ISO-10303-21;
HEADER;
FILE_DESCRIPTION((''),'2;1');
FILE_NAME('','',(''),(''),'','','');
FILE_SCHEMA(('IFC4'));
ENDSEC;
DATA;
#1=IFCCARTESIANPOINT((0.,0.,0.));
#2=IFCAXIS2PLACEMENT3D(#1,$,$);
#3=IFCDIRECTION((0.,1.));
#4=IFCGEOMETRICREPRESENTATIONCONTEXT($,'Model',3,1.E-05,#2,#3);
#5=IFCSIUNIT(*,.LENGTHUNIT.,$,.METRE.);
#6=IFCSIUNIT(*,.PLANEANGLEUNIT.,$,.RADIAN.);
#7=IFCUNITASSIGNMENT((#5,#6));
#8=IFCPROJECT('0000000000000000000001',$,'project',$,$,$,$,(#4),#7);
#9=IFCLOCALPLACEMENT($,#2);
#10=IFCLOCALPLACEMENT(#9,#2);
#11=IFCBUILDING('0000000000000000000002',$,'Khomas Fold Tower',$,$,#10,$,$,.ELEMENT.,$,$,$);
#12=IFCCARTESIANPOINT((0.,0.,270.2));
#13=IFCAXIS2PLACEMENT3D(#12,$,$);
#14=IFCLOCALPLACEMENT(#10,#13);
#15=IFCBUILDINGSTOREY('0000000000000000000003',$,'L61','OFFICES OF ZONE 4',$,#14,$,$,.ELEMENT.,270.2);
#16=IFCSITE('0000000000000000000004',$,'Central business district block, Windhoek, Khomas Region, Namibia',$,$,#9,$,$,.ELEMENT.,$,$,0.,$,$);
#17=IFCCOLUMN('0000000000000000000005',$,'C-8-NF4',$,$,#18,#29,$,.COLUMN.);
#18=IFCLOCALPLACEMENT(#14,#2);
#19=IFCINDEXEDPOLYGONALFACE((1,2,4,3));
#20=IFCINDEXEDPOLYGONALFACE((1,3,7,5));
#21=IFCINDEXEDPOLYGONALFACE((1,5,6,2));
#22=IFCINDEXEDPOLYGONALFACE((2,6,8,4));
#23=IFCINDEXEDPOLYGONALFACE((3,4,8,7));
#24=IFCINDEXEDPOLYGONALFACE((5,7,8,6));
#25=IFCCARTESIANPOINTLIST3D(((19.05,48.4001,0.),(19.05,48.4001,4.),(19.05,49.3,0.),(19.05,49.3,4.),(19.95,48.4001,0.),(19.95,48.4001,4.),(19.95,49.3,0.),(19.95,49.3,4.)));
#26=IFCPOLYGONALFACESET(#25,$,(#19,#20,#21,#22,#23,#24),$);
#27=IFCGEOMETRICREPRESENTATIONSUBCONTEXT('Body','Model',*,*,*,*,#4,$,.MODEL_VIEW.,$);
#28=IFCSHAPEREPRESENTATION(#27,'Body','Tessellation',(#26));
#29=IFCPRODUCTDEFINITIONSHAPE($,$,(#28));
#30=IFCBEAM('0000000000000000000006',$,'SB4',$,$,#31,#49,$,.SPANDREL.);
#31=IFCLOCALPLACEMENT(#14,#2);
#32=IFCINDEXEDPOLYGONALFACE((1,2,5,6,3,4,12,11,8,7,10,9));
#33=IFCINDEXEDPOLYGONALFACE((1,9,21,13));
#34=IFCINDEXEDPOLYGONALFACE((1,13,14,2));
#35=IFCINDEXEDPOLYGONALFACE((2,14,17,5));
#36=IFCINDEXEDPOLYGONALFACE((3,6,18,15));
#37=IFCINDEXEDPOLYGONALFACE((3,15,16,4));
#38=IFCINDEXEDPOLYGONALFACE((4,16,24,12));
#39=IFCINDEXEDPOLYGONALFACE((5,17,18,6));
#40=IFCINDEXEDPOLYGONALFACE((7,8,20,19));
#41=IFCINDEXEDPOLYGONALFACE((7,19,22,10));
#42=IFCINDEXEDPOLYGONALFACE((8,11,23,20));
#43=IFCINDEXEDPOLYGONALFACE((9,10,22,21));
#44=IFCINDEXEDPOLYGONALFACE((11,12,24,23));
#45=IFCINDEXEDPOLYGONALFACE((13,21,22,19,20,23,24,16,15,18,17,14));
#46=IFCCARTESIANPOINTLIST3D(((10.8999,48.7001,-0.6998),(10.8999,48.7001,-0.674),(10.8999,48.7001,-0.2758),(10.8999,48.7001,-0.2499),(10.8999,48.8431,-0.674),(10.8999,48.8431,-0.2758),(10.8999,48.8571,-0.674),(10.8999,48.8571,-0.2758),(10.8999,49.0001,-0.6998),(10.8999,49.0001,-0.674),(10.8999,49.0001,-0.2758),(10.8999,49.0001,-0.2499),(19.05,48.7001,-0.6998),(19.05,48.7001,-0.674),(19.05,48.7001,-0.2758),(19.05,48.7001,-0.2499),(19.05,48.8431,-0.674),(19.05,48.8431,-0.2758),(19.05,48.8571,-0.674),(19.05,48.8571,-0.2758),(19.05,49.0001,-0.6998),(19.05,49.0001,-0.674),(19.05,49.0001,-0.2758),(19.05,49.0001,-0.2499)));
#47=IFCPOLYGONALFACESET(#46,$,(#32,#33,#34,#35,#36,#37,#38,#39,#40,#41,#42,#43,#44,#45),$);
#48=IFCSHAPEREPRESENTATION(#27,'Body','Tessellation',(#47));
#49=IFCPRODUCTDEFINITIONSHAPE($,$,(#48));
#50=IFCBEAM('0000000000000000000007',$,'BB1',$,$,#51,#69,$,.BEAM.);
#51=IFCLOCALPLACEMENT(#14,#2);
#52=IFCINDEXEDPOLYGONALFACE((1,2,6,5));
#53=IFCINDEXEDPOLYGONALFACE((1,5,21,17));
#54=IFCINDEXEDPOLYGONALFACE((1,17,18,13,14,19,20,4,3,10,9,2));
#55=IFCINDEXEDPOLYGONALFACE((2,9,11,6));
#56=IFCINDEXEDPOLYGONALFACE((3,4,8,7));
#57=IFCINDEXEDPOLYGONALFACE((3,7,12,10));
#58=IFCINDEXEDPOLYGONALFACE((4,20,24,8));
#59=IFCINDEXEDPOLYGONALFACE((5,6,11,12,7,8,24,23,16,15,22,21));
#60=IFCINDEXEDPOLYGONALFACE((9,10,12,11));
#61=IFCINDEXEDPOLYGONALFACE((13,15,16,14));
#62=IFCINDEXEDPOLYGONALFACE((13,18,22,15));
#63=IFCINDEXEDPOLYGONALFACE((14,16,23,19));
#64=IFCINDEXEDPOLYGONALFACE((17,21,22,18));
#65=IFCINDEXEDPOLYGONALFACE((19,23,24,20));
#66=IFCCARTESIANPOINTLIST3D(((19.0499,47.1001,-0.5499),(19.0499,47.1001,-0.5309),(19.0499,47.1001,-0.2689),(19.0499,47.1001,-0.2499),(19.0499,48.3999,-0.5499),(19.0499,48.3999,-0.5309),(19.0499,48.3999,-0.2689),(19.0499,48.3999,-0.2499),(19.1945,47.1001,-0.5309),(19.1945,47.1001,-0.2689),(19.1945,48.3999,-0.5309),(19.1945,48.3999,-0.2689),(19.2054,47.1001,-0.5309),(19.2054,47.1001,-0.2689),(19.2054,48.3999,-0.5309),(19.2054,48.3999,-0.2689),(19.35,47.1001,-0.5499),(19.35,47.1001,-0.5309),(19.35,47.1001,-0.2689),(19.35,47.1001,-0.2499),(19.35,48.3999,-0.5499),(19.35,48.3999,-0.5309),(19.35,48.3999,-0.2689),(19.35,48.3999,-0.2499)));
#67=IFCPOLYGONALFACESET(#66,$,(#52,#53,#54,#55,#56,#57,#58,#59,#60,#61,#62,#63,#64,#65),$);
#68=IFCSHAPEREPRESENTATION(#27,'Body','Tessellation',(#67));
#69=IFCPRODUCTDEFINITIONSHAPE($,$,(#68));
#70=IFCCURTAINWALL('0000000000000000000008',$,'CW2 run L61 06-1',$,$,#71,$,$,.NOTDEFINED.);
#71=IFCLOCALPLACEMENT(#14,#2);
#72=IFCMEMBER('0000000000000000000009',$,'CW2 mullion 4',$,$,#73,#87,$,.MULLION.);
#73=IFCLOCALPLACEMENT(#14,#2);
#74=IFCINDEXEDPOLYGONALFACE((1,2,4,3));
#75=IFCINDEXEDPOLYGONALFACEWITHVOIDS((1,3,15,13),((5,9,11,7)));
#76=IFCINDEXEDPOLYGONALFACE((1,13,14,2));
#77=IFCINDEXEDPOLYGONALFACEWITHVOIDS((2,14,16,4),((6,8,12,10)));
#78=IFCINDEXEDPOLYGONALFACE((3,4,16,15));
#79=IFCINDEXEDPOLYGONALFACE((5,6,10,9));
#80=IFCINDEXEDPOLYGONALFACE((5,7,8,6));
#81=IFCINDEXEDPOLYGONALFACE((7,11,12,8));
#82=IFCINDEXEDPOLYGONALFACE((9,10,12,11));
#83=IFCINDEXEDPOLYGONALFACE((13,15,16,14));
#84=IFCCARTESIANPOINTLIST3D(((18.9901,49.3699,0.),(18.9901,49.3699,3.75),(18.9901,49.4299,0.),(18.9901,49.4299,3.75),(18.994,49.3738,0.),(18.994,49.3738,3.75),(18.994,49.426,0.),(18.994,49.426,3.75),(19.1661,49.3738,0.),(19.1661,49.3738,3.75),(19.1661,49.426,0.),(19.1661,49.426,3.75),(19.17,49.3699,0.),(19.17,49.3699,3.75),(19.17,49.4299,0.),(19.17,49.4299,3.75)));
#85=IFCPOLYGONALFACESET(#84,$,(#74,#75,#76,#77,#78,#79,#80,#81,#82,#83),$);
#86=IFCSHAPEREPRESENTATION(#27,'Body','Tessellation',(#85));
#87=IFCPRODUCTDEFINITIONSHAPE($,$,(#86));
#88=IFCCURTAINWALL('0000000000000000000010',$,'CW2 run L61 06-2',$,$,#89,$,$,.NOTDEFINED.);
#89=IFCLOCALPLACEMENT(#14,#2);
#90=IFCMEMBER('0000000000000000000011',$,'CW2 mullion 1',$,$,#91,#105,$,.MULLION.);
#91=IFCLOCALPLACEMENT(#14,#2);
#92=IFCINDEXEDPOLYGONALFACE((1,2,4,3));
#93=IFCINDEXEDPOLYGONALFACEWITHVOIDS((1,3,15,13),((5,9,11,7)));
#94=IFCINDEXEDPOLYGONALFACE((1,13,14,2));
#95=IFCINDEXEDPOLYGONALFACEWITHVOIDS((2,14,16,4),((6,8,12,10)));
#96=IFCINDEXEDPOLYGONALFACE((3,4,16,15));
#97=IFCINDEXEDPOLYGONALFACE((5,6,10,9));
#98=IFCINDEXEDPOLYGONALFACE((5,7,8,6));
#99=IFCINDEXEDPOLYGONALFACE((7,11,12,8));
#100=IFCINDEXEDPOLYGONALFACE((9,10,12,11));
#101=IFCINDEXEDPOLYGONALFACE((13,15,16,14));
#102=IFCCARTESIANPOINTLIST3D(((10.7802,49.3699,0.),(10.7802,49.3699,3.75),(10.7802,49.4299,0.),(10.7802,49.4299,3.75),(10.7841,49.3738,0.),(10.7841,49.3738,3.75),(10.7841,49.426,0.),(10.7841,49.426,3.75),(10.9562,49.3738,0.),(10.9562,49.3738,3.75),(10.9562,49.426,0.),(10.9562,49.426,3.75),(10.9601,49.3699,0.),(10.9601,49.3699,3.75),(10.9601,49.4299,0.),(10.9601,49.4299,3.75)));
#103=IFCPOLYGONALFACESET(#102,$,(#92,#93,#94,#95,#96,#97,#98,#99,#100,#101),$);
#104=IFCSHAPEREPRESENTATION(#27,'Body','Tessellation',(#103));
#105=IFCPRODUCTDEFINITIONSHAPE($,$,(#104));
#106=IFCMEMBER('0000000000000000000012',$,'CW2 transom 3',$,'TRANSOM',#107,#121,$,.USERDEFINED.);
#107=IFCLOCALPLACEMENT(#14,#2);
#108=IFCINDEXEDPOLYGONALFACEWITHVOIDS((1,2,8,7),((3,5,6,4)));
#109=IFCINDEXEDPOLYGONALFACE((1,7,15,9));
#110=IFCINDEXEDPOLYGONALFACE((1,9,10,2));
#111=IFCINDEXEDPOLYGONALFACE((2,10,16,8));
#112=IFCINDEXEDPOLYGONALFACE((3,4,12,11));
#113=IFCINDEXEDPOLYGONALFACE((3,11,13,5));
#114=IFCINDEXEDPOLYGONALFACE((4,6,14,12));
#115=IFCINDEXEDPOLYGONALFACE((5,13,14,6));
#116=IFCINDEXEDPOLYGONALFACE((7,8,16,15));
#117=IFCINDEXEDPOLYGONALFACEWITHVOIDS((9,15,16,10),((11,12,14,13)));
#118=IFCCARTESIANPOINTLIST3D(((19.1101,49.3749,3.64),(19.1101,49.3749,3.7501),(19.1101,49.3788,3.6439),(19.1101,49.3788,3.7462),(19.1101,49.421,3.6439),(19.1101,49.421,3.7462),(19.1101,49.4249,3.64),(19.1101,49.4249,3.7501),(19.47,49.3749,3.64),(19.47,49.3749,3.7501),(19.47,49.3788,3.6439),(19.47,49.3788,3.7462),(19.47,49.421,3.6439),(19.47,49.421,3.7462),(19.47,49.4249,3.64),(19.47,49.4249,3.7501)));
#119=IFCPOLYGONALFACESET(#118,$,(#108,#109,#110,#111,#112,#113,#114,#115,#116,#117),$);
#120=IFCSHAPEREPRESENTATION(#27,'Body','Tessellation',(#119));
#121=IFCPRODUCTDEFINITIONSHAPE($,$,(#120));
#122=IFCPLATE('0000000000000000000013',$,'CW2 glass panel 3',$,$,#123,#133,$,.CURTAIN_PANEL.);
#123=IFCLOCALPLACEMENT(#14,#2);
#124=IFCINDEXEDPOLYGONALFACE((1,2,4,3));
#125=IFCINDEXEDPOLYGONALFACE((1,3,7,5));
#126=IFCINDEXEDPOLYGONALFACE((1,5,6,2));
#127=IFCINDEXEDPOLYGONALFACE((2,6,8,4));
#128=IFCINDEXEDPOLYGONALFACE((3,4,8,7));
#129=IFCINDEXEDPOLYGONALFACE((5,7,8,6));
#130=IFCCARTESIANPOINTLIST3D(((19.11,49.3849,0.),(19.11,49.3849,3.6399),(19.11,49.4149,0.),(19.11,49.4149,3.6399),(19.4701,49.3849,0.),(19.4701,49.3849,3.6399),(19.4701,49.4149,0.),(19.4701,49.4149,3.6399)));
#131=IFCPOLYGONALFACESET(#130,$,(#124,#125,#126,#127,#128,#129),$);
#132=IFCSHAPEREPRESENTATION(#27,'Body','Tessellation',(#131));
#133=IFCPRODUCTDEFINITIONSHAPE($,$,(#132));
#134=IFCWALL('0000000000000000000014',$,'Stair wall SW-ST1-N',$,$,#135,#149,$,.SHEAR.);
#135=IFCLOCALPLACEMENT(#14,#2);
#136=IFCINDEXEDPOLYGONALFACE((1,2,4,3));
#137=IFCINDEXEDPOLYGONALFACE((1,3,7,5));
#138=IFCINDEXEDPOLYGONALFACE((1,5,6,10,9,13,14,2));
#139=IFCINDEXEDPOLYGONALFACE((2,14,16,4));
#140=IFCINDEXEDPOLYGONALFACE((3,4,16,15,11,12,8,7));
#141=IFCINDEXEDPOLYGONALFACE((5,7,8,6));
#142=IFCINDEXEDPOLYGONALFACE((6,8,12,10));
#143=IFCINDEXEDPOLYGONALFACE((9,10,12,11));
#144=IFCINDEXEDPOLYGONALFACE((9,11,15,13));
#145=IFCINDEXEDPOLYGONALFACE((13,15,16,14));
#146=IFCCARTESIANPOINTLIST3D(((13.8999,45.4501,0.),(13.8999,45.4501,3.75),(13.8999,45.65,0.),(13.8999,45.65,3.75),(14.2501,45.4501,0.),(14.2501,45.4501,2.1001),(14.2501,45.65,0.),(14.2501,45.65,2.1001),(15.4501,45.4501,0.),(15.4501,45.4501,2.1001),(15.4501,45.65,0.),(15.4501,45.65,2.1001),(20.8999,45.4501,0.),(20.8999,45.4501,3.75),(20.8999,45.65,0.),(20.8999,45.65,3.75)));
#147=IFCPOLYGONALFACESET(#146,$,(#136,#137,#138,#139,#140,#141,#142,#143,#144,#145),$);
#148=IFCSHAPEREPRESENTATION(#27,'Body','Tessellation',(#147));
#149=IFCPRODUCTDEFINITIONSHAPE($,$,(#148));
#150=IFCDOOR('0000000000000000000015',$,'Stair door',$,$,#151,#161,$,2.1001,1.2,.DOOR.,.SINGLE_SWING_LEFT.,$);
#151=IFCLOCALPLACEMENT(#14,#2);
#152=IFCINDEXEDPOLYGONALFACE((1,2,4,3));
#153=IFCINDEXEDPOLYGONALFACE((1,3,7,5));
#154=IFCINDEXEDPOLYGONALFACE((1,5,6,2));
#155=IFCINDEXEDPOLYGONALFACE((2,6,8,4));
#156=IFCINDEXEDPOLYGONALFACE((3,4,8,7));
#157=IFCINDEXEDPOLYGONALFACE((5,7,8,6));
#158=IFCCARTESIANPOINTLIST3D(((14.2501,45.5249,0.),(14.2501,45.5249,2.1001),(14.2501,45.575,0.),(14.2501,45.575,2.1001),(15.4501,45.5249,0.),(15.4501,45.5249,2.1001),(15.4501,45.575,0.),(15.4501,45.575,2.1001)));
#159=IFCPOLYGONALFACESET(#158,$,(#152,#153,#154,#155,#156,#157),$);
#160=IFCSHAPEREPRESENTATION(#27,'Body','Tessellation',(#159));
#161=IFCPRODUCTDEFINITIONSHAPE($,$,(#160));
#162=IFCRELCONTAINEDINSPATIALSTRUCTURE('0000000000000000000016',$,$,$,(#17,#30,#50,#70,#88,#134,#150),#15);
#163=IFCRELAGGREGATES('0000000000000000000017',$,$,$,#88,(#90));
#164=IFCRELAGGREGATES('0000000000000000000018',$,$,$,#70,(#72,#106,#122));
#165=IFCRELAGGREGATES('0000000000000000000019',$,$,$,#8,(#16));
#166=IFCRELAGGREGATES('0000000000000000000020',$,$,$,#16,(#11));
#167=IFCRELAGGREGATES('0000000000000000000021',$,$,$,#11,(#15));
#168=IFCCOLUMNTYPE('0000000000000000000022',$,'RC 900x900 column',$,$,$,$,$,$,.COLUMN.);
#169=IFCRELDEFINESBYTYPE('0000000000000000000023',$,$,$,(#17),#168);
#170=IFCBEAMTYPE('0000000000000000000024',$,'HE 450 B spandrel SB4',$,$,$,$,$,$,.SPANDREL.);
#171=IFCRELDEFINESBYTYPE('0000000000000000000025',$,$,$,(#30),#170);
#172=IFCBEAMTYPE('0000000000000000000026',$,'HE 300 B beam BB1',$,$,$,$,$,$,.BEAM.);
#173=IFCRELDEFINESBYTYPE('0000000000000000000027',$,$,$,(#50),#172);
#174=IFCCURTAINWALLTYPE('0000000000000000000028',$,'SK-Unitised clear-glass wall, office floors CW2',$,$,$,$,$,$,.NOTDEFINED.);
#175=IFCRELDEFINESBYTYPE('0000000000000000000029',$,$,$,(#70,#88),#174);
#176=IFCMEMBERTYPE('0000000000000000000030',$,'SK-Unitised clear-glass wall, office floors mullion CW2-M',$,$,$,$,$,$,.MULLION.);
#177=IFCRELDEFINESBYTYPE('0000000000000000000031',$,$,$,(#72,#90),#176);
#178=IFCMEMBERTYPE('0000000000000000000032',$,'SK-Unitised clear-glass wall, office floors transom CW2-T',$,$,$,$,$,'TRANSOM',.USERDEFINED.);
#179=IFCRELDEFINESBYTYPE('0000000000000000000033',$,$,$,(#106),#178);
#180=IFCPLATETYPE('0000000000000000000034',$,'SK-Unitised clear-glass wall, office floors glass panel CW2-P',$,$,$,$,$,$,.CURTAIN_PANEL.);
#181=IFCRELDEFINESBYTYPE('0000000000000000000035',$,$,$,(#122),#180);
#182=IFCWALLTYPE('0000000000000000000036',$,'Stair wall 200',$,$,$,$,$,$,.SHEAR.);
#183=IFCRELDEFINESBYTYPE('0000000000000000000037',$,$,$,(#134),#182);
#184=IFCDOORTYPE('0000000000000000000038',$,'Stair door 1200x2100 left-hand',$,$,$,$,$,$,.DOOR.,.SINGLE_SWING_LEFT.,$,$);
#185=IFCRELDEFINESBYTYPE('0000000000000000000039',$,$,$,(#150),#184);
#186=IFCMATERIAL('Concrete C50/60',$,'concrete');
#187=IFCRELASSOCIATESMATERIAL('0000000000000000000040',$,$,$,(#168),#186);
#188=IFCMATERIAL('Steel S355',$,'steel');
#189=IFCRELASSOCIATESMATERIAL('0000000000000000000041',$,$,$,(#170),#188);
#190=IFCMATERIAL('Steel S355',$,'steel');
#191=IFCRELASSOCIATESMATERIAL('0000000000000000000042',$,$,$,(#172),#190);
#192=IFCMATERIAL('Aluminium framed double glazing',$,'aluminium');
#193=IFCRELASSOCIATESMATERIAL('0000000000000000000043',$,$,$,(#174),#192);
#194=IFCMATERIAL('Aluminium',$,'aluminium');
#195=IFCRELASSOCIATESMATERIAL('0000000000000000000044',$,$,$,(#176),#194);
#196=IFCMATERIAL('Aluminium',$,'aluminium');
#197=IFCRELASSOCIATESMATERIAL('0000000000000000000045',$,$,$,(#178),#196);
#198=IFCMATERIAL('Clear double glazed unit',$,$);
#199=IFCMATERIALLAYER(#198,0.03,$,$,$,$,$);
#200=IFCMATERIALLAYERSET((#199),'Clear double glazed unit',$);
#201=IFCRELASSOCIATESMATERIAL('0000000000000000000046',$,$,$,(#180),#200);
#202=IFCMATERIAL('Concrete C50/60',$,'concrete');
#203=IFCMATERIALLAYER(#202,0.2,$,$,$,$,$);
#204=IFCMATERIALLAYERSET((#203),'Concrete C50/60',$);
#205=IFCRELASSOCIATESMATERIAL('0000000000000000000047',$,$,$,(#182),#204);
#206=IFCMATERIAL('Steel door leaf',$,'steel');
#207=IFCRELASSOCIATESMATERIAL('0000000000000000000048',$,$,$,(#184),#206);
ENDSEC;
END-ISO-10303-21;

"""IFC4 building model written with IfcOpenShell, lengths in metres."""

from ifc_helpers import new_model, si_unit, direction, frame, frame_2d, origin, origin_2d, place, context, subcontext, project, spatial, rectangle, hollow_rectangle, i_section, extrude, source, transform, mapped, material, layer, layer_set, material_profile, profile_set, type_object, element, fill, aggregate, save


model = new_model("IFC4")

# Units and contexts
model_context = context("Model", 3, precision=1e-05, world=origin(), true_north=direction((0.0, 1.0)))
body_context = subcontext(model_context, "Body", "Model", "MODEL_VIEW")
ifc_project = project(units=[si_unit("LENGTHUNIT", "METRE"), si_unit("PLANEANGLEUNIT", "RADIAN")], contexts=[model_context])

# Site, building, storey
site_placement = place(None, origin())
site = spatial("IfcSite", under=ifc_project, at=site_placement, Name="Central business district block, Windhoek, Khomas Region, Namibia", CompositionType="ELEMENT", RefElevation=0.0)
building_placement = place(site_placement, origin())
building = spatial("IfcBuilding", under=site, at=building_placement, Name="Khomas Fold Tower", CompositionType="ELEMENT")
storey_placement = place(building_placement, frame((0.0, 0.0, 270.2)))
storey = spatial("IfcBuildingStorey", under=building, at=storey_placement, Name="L61", Description="OFFICES OF ZONE 4", CompositionType="ELEMENT", Elevation=270.2)

# Column
ifc_material_1 = material(Name="Concrete C50/60", Category="concrete")
ifc_material_profile_1 = material_profile(ifc_material_1, rectangle(XDim=0.8999, YDim=0.8999, at=origin_2d()), Name="RC 900x900")
ifc_profile_set_1 = profile_set([ifc_material_profile_1], Name="Concrete C50/60")
column_type = type_object("IfcColumnType", Name="RC 900x900 column", PredefinedType="COLUMN", material=ifc_profile_set_1)
shared_shape_1 = source(origin(), body_context, "Body", "SweptSolid", [
    extrude(rectangle(XDim=0.8999, YDim=0.8999, at=origin_2d()), origin(), (0.0, 0.0, 1.0), 4.0),
])
column_placement = place(storey_placement, frame((19.5, 48.8501, 0.0), z_axis=(0.0, 0.0, 1.0), x_axis=(1.0, 0.0, 0.0)))
element("IfcColumn", 1, at=column_placement, inside=storey, type_object=column_type, Name="C-8-NF4", PredefinedType="COLUMN", context=body_context, shape_type="MappedRepresentation", body=[
    mapped(shared_shape_1, transform((0.0, 0.0, 0.0))),
])

# Beams
ifc_material_2 = material(Name="Steel S355", Category="steel")
ifc_material_profile_2 = material_profile(ifc_material_2, i_section(OverallWidth=0.3, OverallDepth=0.45, WebThickness=0.0139, FlangeThickness=0.0259, at=origin_2d()), Name="HE 450 B")
ifc_profile_set_2 = profile_set([ifc_material_profile_2], Name="Steel S355")
beam_type_1 = type_object("IfcBeamType", Name="HE 450 B spandrel SB4", PredefinedType="SPANDREL", material=ifc_profile_set_2)
shared_shape_2 = source(origin(), body_context, "Body", "SweptSolid", [
    extrude(i_section(OverallWidth=0.3, OverallDepth=0.45, WebThickness=0.0139, FlangeThickness=0.0259, at=origin_2d()), origin(), (0.0, 0.0, 1.0), 8.1501),
])
beam_1_placement = place(storey_placement, frame((10.8999, 48.8501, -0.4749), z_axis=(1.0, 0.0, 0.0), x_axis=(0.0, 1.0, 0.0)))
element("IfcBeam", 2, at=beam_1_placement, inside=storey, type_object=beam_type_1, Name="SB4", PredefinedType="SPANDREL", context=body_context, shape_type="MappedRepresentation", body=[
    mapped(shared_shape_2, transform((0.0, 0.0, 0.0))),
])
ifc_material_3 = material(Name="Steel S355", Category="steel")
ifc_material_profile_3 = material_profile(ifc_material_3, i_section(OverallWidth=0.3, OverallDepth=0.3, WebThickness=0.011, FlangeThickness=0.019, at=origin_2d()), Name="HE 300 B")
ifc_profile_set_3 = profile_set([ifc_material_profile_3], Name="Steel S355")
beam_type_2 = type_object("IfcBeamType", Name="HE 300 B beam BB1", PredefinedType="BEAM", material=ifc_profile_set_3)
shared_shape_3 = source(origin(), body_context, "Body", "SweptSolid", [
    extrude(i_section(OverallWidth=0.3, OverallDepth=0.3, WebThickness=0.011, FlangeThickness=0.019, at=origin_2d()), origin(), (0.0, 0.0, 1.0), 1.2998),
])
beam_2_placement = place(storey_placement, frame((19.2, 47.1001, -0.3999), z_axis=(0.0, 1.0, 0.0), x_axis=(-1.0, 0.0, 0.0)))
element("IfcBeam", 3, at=beam_2_placement, inside=storey, type_object=beam_type_2, Name="BB1", PredefinedType="BEAM", context=body_context, shape_type="MappedRepresentation", body=[
    mapped(shared_shape_3, transform((0.0, 0.0, 0.0))),
])

# Curtain walls, members
ifc_material_4 = material(Name="Aluminium framed double glazing", Category="aluminium")
curtain_wall_type = type_object("IfcCurtainWallType", Name="SK-Unitised clear-glass wall, office floors CW2", PredefinedType="NOTDEFINED", material=ifc_material_4)
curtain_wall_1_placement = place(storey_placement, origin())
curtain_wall_1 = element("IfcCurtainWall", 4, at=curtain_wall_1_placement, inside=storey, type_object=curtain_wall_type, Name="CW2 run L61 06-1", PredefinedType="NOTDEFINED")
ifc_material_5 = material(Name="Aluminium", Category="aluminium")
ifc_material_profile_4 = material_profile(ifc_material_5, hollow_rectangle(XDim=0.0601, YDim=0.1799, WallThickness=0.0039, at=origin_2d()), Name="SK-Unitised clear-glass wall, office floors mullion CW2-M")
ifc_profile_set_4 = profile_set([ifc_material_profile_4], Name="Aluminium")
member_type_1 = type_object("IfcMemberType", Name="SK-Unitised clear-glass wall, office floors mullion CW2-M", PredefinedType="MULLION", material=ifc_profile_set_4)
shared_shape_4 = source(origin(), body_context, "Body", "SweptSolid", [
    extrude(hollow_rectangle(XDim=0.0601, YDim=0.1799, WallThickness=0.0039, at=origin_2d()), origin(), (0.0, 0.0, 1.0), 3.75),
])
member_1_placement = place(storey_placement, frame((19.0801, 49.3999, 0.0), z_axis=(0.0, 0.0, 1.0), x_axis=(0.0, -1.0, 0.0)))
member_1 = element("IfcMember", 5, at=member_1_placement, type_object=member_type_1, Name="CW2 mullion 4", PredefinedType="MULLION", context=body_context, shape_type="MappedRepresentation", body=[
    mapped(shared_shape_4, transform((0.0, 0.0, 0.0))),
])
curtain_wall_2_placement = place(storey_placement, origin())
curtain_wall_2 = element("IfcCurtainWall", 6, at=curtain_wall_2_placement, inside=storey, type_object=curtain_wall_type, Name="CW2 run L61 06-2", PredefinedType="NOTDEFINED")
member_2_placement = place(storey_placement, frame((10.8701, 49.3999, 0.0), z_axis=(0.0, 0.0, 1.0), x_axis=(0.0, -1.0, 0.0)))
member_2 = element("IfcMember", 7, at=member_2_placement, type_object=member_type_1, Name="CW2 mullion 1", PredefinedType="MULLION", context=body_context, shape_type="MappedRepresentation", body=[
    mapped(shared_shape_4, transform((0.0, 0.0, 0.0))),
])
aggregate(curtain_wall_2, [member_2])

# Member
ifc_material_6 = material(Name="Aluminium", Category="aluminium")
ifc_material_profile_5 = material_profile(ifc_material_6, hollow_rectangle(XDim=0.05, YDim=0.1101, WallThickness=0.0039, at=origin_2d()), Name="SK-Unitised clear-glass wall, office floors transom CW2-T")
ifc_profile_set_5 = profile_set([ifc_material_profile_5], Name="Aluminium")
member_type_2 = type_object("IfcMemberType", Name="SK-Unitised clear-glass wall, office floors transom CW2-T", ElementType="TRANSOM", PredefinedType="USERDEFINED", material=ifc_profile_set_5)
shared_shape_5 = source(origin(), body_context, "Body", "SweptSolid", [
    extrude(hollow_rectangle(XDim=0.05, YDim=0.1101, WallThickness=0.0039, at=origin_2d()), origin(), (0.0, 0.0, 1.0), 0.3599),
])
member_3_placement = place(storey_placement, frame((19.47, 49.3999, 3.6951), z_axis=(-1.0, 0.0, 0.0), x_axis=(0.0, -1.0, 0.0)))
member_3 = element("IfcMember", 8, at=member_3_placement, type_object=member_type_2, Name="CW2 transom 3", ObjectType="TRANSOM", PredefinedType="USERDEFINED", context=body_context, shape_type="MappedRepresentation", body=[
    mapped(shared_shape_5, transform((0.0, 0.0, 0.0))),
])

# Plate
ifc_material_7 = material(Name="Clear double glazed unit")
ifc_layer_1 = layer(ifc_material_7, 0.03)
ifc_layer_set_1 = layer_set([ifc_layer_1], Name="Clear double glazed unit")
plate_type = type_object("IfcPlateType", Name="SK-Unitised clear-glass wall, office floors glass panel CW2-P", PredefinedType="CURTAIN_PANEL", material=ifc_layer_set_1)
shared_shape_6 = source(origin(), body_context, "Body", "SweptSolid", [
    extrude(rectangle(XDim=0.3601, YDim=0.03, at=origin_2d()), origin(), (0.0, 0.0, 1.0), 3.6399),
])
plate_placement = place(storey_placement, frame((19.29, 49.3999, 0.0), z_axis=(0.0, 0.0, 1.0), x_axis=(-1.0, 0.0, 0.0)))
plate = element("IfcPlate", 9, at=plate_placement, type_object=plate_type, Name="CW2 glass panel 3", PredefinedType="CURTAIN_PANEL", context=body_context, shape_type="MappedRepresentation", body=[
    mapped(shared_shape_6, transform((0.0, 0.0, 0.0))),
])
aggregate(curtain_wall_1, [member_1, member_3, plate])

# Wall, opening, door
ifc_material_8 = material(Name="Concrete C50/60", Category="concrete")
ifc_layer_2 = layer(ifc_material_8, 0.2)
ifc_layer_set_2 = layer_set([ifc_layer_2], Name="Concrete C50/60")
wall_type_1 = type_object("IfcWallType", Name="Stair wall 200", PredefinedType="SHEAR", material=ifc_layer_set_2)
shared_shape_7 = source(origin(), body_context, "Body", "SweptSolid", [
    extrude(rectangle(XDim=7.0, YDim=0.2, at=frame_2d((3.5, 0.0))), origin(), (0.0, 0.0, 1.0), 3.75),
])
wall_1_placement = place(storey_placement, frame((13.8999, 45.55, 0.0), z_axis=(0.0, 0.0, 1.0), x_axis=(1.0, 0.0, 0.0)))
wall_1 = element("IfcWall", 10, at=wall_1_placement, inside=storey, type_object=wall_type_1, Name="Stair wall SW-ST1-N", PredefinedType="SHEAR", context=body_context, shape_type="MappedRepresentation", body=[
    mapped(shared_shape_7, transform((0.0, 0.0, 0.0))),
])
shared_shape_8 = source(origin(), body_context, "Body", "SweptSolid", [
    extrude(rectangle(XDim=1.2, YDim=2.1001, at=frame_2d((0.6001, 1.05))), frame((0.0, 0.1099, 0.0), z_axis=(0.0, -1.0, 0.0), x_axis=(1.0, 0.0, 0.0)), (0.0, 0.0, 1.0), 0.22),
])
opening_1_placement = place(wall_1_placement, frame((0.3501, 0.0, 0.0)))
opening_1 = element("IfcOpeningElement", 11, at=opening_1_placement, cuts=wall_1, PredefinedType="OPENING", context=body_context, shape_type="MappedRepresentation", body=[
    mapped(shared_shape_8, transform((0.0, 0.0, 0.0))),
])
ifc_material_9 = material(Name="Steel door leaf", Category="steel")
door_type_1 = type_object("IfcDoorType", Name="Stair door 1200x2100 left-hand", OperationType="SINGLE_SWING_LEFT", PredefinedType="DOOR", material=ifc_material_9)
shared_shape_9 = source(origin(), body_context, "Body", "SweptSolid", [
    extrude(rectangle(XDim=1.2, YDim=2.1001, at=frame_2d((0.6001, 1.05))), frame((0.0, 0.0249, 0.0), z_axis=(0.0, -1.0, 0.0), x_axis=(1.0, 0.0, 0.0)), (0.0, 0.0, 1.0), 0.05),
])
door_1_placement = place(opening_1_placement, origin())
door_1 = element("IfcDoor", 12, at=door_1_placement, inside=storey, type_object=door_type_1, Name="Stair door", OperationType="SINGLE_SWING_LEFT", OverallHeight=2.1001, OverallWidth=1.2, PredefinedType="DOOR", context=body_context, shape_type="MappedRepresentation", body=[
    mapped(shared_shape_9, transform((0.0, 0.0, 0.0))),
])
fill(opening_1, door_1)

save(model, "model.ifc")
